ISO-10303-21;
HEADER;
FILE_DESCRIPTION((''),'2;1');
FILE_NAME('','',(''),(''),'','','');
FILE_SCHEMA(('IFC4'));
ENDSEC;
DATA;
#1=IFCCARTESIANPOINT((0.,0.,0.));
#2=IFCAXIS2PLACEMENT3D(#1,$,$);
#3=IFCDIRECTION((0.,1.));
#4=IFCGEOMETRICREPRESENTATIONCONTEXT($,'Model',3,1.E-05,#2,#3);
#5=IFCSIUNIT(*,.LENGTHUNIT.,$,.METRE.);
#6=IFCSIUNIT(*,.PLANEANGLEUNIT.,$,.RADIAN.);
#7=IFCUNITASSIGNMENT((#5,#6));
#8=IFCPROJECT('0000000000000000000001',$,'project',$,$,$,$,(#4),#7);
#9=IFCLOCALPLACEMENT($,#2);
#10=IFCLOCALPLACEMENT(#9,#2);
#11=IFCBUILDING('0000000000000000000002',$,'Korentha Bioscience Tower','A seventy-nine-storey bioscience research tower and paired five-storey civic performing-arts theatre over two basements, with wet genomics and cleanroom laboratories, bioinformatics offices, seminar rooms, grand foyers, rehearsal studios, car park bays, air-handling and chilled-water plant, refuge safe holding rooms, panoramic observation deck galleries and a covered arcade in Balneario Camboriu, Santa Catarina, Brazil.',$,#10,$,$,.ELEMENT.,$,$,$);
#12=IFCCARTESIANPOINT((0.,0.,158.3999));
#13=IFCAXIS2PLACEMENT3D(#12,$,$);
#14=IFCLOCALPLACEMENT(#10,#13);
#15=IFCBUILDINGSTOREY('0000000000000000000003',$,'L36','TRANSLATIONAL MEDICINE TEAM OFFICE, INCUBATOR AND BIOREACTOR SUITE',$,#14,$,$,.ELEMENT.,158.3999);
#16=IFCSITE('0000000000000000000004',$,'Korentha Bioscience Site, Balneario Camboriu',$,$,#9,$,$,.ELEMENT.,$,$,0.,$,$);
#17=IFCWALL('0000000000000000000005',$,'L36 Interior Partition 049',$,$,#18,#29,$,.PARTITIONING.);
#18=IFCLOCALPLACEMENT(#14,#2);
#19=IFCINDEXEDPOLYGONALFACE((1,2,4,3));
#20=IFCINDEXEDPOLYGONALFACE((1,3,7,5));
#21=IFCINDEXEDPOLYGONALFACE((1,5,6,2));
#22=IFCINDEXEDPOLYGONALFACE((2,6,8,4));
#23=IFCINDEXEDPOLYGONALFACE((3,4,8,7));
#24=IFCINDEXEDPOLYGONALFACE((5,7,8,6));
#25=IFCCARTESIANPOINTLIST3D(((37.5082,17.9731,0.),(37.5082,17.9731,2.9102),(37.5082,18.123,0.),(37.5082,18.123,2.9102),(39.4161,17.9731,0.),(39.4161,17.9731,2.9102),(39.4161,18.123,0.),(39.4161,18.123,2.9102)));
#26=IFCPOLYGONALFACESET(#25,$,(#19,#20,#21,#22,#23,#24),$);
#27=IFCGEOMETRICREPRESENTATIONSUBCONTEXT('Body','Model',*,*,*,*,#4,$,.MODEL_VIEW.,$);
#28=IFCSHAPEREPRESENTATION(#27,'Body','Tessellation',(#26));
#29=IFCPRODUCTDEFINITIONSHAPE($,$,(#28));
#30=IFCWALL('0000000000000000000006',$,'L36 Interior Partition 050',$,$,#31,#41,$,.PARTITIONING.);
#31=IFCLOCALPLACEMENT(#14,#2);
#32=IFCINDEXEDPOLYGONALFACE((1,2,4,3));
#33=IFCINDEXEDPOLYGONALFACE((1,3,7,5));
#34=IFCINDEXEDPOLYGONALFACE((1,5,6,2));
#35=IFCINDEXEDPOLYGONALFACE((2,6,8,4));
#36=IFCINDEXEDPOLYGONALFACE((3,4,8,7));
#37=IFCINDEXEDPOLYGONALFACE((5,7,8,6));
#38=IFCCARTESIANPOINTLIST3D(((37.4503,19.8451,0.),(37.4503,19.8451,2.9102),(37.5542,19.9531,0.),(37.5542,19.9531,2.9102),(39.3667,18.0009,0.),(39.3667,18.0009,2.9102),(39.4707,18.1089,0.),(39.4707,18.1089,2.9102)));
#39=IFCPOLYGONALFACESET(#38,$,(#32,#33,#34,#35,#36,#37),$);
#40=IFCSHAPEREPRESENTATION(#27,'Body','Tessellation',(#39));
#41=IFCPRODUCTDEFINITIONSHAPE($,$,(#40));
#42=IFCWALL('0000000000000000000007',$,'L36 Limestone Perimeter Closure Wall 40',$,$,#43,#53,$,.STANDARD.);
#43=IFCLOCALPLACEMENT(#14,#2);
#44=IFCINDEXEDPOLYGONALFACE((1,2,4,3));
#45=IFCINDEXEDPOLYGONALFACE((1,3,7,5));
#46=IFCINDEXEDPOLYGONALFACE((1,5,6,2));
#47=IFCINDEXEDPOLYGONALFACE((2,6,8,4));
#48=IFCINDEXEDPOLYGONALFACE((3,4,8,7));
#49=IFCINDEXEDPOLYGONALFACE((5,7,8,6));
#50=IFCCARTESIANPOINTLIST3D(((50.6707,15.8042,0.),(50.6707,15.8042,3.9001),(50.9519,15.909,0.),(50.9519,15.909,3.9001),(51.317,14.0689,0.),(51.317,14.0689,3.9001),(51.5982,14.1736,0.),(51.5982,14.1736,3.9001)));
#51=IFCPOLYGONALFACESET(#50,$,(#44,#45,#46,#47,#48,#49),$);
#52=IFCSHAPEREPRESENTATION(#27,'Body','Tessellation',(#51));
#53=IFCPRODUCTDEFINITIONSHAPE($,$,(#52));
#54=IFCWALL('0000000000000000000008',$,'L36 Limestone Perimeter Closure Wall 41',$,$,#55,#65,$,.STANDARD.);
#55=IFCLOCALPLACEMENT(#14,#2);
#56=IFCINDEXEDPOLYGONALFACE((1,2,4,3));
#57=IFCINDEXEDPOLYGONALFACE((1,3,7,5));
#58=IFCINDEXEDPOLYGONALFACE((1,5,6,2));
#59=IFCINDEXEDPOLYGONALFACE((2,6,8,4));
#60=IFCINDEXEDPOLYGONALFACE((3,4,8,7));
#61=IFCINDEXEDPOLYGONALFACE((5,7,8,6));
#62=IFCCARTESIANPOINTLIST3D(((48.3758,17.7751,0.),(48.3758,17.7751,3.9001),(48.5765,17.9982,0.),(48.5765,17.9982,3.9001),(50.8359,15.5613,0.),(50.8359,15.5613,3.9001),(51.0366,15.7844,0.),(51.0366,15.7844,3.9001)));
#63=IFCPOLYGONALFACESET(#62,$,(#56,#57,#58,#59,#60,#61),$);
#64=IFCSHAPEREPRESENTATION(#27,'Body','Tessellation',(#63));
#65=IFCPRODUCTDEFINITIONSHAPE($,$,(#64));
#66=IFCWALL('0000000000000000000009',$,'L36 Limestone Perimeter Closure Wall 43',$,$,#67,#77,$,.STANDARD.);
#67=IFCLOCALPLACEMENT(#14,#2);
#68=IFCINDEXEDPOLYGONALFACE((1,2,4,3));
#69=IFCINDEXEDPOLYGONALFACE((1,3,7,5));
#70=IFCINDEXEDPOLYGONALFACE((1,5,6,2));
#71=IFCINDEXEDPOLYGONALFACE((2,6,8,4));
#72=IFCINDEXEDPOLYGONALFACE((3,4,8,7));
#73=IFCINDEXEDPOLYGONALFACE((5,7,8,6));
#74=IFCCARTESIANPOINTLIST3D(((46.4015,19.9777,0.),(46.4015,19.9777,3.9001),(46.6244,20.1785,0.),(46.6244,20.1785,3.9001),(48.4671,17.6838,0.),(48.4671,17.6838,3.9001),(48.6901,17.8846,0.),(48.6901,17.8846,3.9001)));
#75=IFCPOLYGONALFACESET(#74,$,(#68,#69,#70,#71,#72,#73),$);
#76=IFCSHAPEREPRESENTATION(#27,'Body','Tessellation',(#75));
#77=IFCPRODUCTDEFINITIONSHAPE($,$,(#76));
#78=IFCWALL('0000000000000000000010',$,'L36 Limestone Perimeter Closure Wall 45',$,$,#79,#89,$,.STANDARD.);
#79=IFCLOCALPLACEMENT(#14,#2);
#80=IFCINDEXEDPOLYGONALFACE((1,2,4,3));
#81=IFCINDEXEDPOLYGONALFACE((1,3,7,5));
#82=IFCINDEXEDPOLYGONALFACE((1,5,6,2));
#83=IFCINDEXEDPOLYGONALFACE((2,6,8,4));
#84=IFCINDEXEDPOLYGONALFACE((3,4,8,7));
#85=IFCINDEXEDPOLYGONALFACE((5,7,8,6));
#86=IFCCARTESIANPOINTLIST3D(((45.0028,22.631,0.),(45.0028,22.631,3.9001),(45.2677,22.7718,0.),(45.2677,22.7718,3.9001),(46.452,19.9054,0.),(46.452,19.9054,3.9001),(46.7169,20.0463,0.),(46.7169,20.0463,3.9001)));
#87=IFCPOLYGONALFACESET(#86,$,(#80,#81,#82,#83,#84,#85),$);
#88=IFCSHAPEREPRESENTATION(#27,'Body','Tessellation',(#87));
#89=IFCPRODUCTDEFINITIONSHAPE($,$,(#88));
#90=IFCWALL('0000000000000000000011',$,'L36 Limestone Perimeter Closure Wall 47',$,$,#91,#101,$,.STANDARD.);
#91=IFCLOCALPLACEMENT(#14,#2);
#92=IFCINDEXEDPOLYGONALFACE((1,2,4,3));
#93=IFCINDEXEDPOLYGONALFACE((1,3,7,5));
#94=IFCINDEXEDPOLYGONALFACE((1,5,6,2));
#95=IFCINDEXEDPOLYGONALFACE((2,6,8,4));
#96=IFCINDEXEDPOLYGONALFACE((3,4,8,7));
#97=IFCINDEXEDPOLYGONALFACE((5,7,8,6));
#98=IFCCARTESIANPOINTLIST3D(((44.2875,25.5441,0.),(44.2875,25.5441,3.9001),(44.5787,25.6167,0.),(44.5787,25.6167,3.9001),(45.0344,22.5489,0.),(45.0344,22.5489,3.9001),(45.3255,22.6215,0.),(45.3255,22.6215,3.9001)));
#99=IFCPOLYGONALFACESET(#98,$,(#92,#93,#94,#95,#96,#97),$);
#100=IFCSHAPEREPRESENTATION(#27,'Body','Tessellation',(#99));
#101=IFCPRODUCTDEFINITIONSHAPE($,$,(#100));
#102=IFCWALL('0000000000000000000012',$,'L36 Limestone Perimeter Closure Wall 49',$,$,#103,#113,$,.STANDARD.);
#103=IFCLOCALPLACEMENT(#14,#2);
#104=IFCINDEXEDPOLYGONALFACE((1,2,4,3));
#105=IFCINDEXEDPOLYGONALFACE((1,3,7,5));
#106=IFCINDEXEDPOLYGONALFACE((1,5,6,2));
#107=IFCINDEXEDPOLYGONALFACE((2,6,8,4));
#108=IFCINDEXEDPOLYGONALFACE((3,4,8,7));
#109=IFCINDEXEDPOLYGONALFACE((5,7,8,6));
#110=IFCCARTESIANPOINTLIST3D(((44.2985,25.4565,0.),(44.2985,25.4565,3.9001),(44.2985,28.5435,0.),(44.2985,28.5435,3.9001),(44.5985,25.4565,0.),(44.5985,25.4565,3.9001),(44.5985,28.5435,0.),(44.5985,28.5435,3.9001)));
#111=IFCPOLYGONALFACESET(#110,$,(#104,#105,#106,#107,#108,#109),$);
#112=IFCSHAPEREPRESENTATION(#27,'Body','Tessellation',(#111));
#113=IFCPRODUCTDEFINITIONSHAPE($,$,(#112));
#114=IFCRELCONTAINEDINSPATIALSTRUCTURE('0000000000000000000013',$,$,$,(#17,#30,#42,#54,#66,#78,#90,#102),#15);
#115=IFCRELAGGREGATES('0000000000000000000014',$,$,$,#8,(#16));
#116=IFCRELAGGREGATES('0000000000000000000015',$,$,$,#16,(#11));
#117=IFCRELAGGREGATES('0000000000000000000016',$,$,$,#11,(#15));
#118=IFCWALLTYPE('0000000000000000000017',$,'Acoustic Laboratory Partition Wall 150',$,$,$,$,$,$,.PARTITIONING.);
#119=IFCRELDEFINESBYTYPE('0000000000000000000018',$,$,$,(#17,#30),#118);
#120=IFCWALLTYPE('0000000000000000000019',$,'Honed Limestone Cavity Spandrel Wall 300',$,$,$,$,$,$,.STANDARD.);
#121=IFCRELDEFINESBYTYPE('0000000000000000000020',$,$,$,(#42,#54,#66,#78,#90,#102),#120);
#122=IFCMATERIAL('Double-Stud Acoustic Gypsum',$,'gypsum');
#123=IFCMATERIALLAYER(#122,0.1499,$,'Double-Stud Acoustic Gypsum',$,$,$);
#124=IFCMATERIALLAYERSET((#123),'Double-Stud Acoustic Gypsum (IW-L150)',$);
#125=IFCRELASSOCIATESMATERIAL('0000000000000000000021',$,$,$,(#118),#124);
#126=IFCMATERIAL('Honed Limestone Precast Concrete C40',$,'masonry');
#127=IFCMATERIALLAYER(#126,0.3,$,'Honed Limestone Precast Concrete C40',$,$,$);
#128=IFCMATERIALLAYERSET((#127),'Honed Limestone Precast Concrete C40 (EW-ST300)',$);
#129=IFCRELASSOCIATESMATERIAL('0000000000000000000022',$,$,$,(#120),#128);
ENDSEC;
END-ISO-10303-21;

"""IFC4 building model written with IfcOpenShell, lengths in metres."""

from ifc_helpers import new_model, si_unit, direction, frame, frame_2d, origin, place, context, subcontext, project, spatial, rectangle, extrude, material, layer, layer_set, type_object, element, save


model = new_model("IFC4")

# Units and contexts
model_context = context("Model", 3, precision=1e-05, world=origin(), true_north=direction((0.0, 1.0)))
body_context = subcontext(model_context, "Body", "Model", "MODEL_VIEW")
ifc_project = project(units=[si_unit("LENGTHUNIT", "METRE"), si_unit("PLANEANGLEUNIT", "RADIAN")], contexts=[model_context])

# Site, building, storey
site_placement = place(None, origin())
site = spatial("IfcSite", under=ifc_project, at=site_placement, Name="Korentha Bioscience Site, Balneario Camboriu", CompositionType="ELEMENT", RefElevation=0.0)
building_placement = place(site_placement, origin())
building = spatial("IfcBuilding", under=site, at=building_placement, Name="Korentha Bioscience Tower", Description="A seventy-nine-storey bioscience research tower and paired five-storey civic performing-arts theatre over two basements, with wet genomics and cleanroom laboratories, bioinformatics offices, seminar rooms, grand foyers, rehearsal studios, car park bays, air-handling and chilled-water plant, refuge safe holding rooms, panoramic observation deck galleries and a covered arcade in Balneario Camboriu, Santa Catarina, Brazil.", CompositionType="ELEMENT")
storey_placement = place(building_placement, frame((0.0, 0.0, 158.3999)))
storey = spatial("IfcBuildingStorey", under=building, at=storey_placement, Name="L36", Description="TRANSLATIONAL MEDICINE TEAM OFFICE, INCUBATOR AND BIOREACTOR SUITE", CompositionType="ELEMENT", Elevation=158.3999)

# Shared definitions
ifc_material_1 = material(Name="Double-Stud Acoustic Gypsum", Category="gypsum")
ifc_layer_1 = layer(ifc_material_1, 0.1499, Name="Double-Stud Acoustic Gypsum")
ifc_layer_set_1 = layer_set([ifc_layer_1], Name="Double-Stud Acoustic Gypsum (IW-L150)")
wall_type_1 = type_object("IfcWallType", Name="Acoustic Laboratory Partition Wall 150", PredefinedType="PARTITIONING", material=ifc_layer_set_1)

# Walls
wall_1_placement = place(storey_placement, frame((37.5081, 18.0481, 0.0), z_axis=(0.0, 0.0, 1.0), x_axis=(1.0, 0.0, 0.0)))
element("IfcWall", 1, at=wall_1_placement, inside=storey, type_object=wall_type_1, Name="L36 Interior Partition 049", PredefinedType="PARTITIONING", context=body_context, shape_type="SweptSolid", body=[
    extrude(rectangle(XDim=1.908, YDim=0.1499, at=frame_2d((0.9541, 0.0))), origin(), (0.0, 0.0, 1.0), 2.9102),
])
wall_2_placement = place(storey_placement, frame((39.4187, 18.0549, 0.0), z_axis=(0.0, 0.0, 1.0), x_axis=(-0.720561, 0.693391, 0.0)))
element("IfcWall", 2, at=wall_2_placement, inside=storey, type_object=wall_type_1, Name="L36 Interior Partition 050", PredefinedType="PARTITIONING", context=body_context, shape_type="SweptSolid", body=[
    extrude(rectangle(XDim=2.6597, YDim=0.1499, at=frame_2d((1.3298, 0.0))), origin(), (0.0, 0.0, 1.0), 2.9102),
])
ifc_material_2 = material(Name="Honed Limestone Precast Concrete C40", Category="masonry")
ifc_layer_2 = layer(ifc_material_2, 0.3, Name="Honed Limestone Precast Concrete C40")
ifc_layer_set_2 = layer_set([ifc_layer_2], Name="Honed Limestone Precast Concrete C40 (EW-ST300)")
wall_type_2 = type_object("IfcWallType", Name="Honed Limestone Cavity Spandrel Wall 300", PredefinedType="STANDARD", material=ifc_layer_set_2)
wall_3_placement = place(storey_placement, frame((51.4575, 14.1213, 0.0), z_axis=(0.0, 0.0, 1.0), x_axis=(-0.348984, 0.937129, 0.0)))
element("IfcWall", 3, at=wall_3_placement, inside=storey, type_object=wall_type_2, Name="L36 Limestone Perimeter Closure Wall 40", PredefinedType="STANDARD", context=body_context, shape_type="SweptSolid", body=[
    extrude(rectangle(XDim=1.8518, YDim=0.3, at=frame_2d((0.9258, 0.0))), origin(), (0.0, 0.0, 1.0), 3.9001),
])
wall_4_placement = place(storey_placement, frame((50.9363, 15.6729, 0.0), z_axis=(0.0, 0.0, 1.0), x_axis=(-0.743342, 0.668912, 0.0)))
element("IfcWall", 4, at=wall_4_placement, inside=storey, type_object=wall_type_2, Name="L36 Limestone Perimeter Closure Wall 41", PredefinedType="STANDARD", context=body_context, shape_type="SweptSolid", body=[
    extrude(rectangle(XDim=3.3096, YDim=0.3, at=frame_2d((1.6548, 0.0))), origin(), (0.0, 0.0, 1.0), 3.9001),
])
for number, where, z_axis, x_axis, name in (
    (5, (48.5786, 17.7842, 0.0), (0.0, 0.0, 1.0), (-0.669166, 0.743113, 0.0), "L36 Limestone Perimeter Closure Wall 43"),
    (6, (46.5845, 19.9758, 0.0), (0.0, 0.0, 1.0), (-0.469471, 0.882948, 0.0), "L36 Limestone Perimeter Closure Wall 45"),
    (7, (45.1799, 22.5852, 0.0), (0.0, 0.0, 1.0), (-0.24194, 0.970291, 0.0), "L36 Limestone Perimeter Closure Wall 47"),
    (8, (44.4485, 25.4565, 0.0), (0.0, 0.0, 1.0), (0.0, 1.0, 0.0), "L36 Limestone Perimeter Closure Wall 49"),
):
    element("IfcWall", number, at=place(storey_placement, frame(where, z_axis=z_axis, x_axis=x_axis)), inside=storey, type_object=wall_type_2, Name=name, PredefinedType="STANDARD", context=body_context, shape_type="SweptSolid", body=[
        extrude(rectangle(XDim=3.0869, YDim=0.3, at=frame_2d((1.5435, 0.0))), origin(), (0.0, 0.0, 1.0), 3.9001),
    ])

save(model, "model.ifc")
